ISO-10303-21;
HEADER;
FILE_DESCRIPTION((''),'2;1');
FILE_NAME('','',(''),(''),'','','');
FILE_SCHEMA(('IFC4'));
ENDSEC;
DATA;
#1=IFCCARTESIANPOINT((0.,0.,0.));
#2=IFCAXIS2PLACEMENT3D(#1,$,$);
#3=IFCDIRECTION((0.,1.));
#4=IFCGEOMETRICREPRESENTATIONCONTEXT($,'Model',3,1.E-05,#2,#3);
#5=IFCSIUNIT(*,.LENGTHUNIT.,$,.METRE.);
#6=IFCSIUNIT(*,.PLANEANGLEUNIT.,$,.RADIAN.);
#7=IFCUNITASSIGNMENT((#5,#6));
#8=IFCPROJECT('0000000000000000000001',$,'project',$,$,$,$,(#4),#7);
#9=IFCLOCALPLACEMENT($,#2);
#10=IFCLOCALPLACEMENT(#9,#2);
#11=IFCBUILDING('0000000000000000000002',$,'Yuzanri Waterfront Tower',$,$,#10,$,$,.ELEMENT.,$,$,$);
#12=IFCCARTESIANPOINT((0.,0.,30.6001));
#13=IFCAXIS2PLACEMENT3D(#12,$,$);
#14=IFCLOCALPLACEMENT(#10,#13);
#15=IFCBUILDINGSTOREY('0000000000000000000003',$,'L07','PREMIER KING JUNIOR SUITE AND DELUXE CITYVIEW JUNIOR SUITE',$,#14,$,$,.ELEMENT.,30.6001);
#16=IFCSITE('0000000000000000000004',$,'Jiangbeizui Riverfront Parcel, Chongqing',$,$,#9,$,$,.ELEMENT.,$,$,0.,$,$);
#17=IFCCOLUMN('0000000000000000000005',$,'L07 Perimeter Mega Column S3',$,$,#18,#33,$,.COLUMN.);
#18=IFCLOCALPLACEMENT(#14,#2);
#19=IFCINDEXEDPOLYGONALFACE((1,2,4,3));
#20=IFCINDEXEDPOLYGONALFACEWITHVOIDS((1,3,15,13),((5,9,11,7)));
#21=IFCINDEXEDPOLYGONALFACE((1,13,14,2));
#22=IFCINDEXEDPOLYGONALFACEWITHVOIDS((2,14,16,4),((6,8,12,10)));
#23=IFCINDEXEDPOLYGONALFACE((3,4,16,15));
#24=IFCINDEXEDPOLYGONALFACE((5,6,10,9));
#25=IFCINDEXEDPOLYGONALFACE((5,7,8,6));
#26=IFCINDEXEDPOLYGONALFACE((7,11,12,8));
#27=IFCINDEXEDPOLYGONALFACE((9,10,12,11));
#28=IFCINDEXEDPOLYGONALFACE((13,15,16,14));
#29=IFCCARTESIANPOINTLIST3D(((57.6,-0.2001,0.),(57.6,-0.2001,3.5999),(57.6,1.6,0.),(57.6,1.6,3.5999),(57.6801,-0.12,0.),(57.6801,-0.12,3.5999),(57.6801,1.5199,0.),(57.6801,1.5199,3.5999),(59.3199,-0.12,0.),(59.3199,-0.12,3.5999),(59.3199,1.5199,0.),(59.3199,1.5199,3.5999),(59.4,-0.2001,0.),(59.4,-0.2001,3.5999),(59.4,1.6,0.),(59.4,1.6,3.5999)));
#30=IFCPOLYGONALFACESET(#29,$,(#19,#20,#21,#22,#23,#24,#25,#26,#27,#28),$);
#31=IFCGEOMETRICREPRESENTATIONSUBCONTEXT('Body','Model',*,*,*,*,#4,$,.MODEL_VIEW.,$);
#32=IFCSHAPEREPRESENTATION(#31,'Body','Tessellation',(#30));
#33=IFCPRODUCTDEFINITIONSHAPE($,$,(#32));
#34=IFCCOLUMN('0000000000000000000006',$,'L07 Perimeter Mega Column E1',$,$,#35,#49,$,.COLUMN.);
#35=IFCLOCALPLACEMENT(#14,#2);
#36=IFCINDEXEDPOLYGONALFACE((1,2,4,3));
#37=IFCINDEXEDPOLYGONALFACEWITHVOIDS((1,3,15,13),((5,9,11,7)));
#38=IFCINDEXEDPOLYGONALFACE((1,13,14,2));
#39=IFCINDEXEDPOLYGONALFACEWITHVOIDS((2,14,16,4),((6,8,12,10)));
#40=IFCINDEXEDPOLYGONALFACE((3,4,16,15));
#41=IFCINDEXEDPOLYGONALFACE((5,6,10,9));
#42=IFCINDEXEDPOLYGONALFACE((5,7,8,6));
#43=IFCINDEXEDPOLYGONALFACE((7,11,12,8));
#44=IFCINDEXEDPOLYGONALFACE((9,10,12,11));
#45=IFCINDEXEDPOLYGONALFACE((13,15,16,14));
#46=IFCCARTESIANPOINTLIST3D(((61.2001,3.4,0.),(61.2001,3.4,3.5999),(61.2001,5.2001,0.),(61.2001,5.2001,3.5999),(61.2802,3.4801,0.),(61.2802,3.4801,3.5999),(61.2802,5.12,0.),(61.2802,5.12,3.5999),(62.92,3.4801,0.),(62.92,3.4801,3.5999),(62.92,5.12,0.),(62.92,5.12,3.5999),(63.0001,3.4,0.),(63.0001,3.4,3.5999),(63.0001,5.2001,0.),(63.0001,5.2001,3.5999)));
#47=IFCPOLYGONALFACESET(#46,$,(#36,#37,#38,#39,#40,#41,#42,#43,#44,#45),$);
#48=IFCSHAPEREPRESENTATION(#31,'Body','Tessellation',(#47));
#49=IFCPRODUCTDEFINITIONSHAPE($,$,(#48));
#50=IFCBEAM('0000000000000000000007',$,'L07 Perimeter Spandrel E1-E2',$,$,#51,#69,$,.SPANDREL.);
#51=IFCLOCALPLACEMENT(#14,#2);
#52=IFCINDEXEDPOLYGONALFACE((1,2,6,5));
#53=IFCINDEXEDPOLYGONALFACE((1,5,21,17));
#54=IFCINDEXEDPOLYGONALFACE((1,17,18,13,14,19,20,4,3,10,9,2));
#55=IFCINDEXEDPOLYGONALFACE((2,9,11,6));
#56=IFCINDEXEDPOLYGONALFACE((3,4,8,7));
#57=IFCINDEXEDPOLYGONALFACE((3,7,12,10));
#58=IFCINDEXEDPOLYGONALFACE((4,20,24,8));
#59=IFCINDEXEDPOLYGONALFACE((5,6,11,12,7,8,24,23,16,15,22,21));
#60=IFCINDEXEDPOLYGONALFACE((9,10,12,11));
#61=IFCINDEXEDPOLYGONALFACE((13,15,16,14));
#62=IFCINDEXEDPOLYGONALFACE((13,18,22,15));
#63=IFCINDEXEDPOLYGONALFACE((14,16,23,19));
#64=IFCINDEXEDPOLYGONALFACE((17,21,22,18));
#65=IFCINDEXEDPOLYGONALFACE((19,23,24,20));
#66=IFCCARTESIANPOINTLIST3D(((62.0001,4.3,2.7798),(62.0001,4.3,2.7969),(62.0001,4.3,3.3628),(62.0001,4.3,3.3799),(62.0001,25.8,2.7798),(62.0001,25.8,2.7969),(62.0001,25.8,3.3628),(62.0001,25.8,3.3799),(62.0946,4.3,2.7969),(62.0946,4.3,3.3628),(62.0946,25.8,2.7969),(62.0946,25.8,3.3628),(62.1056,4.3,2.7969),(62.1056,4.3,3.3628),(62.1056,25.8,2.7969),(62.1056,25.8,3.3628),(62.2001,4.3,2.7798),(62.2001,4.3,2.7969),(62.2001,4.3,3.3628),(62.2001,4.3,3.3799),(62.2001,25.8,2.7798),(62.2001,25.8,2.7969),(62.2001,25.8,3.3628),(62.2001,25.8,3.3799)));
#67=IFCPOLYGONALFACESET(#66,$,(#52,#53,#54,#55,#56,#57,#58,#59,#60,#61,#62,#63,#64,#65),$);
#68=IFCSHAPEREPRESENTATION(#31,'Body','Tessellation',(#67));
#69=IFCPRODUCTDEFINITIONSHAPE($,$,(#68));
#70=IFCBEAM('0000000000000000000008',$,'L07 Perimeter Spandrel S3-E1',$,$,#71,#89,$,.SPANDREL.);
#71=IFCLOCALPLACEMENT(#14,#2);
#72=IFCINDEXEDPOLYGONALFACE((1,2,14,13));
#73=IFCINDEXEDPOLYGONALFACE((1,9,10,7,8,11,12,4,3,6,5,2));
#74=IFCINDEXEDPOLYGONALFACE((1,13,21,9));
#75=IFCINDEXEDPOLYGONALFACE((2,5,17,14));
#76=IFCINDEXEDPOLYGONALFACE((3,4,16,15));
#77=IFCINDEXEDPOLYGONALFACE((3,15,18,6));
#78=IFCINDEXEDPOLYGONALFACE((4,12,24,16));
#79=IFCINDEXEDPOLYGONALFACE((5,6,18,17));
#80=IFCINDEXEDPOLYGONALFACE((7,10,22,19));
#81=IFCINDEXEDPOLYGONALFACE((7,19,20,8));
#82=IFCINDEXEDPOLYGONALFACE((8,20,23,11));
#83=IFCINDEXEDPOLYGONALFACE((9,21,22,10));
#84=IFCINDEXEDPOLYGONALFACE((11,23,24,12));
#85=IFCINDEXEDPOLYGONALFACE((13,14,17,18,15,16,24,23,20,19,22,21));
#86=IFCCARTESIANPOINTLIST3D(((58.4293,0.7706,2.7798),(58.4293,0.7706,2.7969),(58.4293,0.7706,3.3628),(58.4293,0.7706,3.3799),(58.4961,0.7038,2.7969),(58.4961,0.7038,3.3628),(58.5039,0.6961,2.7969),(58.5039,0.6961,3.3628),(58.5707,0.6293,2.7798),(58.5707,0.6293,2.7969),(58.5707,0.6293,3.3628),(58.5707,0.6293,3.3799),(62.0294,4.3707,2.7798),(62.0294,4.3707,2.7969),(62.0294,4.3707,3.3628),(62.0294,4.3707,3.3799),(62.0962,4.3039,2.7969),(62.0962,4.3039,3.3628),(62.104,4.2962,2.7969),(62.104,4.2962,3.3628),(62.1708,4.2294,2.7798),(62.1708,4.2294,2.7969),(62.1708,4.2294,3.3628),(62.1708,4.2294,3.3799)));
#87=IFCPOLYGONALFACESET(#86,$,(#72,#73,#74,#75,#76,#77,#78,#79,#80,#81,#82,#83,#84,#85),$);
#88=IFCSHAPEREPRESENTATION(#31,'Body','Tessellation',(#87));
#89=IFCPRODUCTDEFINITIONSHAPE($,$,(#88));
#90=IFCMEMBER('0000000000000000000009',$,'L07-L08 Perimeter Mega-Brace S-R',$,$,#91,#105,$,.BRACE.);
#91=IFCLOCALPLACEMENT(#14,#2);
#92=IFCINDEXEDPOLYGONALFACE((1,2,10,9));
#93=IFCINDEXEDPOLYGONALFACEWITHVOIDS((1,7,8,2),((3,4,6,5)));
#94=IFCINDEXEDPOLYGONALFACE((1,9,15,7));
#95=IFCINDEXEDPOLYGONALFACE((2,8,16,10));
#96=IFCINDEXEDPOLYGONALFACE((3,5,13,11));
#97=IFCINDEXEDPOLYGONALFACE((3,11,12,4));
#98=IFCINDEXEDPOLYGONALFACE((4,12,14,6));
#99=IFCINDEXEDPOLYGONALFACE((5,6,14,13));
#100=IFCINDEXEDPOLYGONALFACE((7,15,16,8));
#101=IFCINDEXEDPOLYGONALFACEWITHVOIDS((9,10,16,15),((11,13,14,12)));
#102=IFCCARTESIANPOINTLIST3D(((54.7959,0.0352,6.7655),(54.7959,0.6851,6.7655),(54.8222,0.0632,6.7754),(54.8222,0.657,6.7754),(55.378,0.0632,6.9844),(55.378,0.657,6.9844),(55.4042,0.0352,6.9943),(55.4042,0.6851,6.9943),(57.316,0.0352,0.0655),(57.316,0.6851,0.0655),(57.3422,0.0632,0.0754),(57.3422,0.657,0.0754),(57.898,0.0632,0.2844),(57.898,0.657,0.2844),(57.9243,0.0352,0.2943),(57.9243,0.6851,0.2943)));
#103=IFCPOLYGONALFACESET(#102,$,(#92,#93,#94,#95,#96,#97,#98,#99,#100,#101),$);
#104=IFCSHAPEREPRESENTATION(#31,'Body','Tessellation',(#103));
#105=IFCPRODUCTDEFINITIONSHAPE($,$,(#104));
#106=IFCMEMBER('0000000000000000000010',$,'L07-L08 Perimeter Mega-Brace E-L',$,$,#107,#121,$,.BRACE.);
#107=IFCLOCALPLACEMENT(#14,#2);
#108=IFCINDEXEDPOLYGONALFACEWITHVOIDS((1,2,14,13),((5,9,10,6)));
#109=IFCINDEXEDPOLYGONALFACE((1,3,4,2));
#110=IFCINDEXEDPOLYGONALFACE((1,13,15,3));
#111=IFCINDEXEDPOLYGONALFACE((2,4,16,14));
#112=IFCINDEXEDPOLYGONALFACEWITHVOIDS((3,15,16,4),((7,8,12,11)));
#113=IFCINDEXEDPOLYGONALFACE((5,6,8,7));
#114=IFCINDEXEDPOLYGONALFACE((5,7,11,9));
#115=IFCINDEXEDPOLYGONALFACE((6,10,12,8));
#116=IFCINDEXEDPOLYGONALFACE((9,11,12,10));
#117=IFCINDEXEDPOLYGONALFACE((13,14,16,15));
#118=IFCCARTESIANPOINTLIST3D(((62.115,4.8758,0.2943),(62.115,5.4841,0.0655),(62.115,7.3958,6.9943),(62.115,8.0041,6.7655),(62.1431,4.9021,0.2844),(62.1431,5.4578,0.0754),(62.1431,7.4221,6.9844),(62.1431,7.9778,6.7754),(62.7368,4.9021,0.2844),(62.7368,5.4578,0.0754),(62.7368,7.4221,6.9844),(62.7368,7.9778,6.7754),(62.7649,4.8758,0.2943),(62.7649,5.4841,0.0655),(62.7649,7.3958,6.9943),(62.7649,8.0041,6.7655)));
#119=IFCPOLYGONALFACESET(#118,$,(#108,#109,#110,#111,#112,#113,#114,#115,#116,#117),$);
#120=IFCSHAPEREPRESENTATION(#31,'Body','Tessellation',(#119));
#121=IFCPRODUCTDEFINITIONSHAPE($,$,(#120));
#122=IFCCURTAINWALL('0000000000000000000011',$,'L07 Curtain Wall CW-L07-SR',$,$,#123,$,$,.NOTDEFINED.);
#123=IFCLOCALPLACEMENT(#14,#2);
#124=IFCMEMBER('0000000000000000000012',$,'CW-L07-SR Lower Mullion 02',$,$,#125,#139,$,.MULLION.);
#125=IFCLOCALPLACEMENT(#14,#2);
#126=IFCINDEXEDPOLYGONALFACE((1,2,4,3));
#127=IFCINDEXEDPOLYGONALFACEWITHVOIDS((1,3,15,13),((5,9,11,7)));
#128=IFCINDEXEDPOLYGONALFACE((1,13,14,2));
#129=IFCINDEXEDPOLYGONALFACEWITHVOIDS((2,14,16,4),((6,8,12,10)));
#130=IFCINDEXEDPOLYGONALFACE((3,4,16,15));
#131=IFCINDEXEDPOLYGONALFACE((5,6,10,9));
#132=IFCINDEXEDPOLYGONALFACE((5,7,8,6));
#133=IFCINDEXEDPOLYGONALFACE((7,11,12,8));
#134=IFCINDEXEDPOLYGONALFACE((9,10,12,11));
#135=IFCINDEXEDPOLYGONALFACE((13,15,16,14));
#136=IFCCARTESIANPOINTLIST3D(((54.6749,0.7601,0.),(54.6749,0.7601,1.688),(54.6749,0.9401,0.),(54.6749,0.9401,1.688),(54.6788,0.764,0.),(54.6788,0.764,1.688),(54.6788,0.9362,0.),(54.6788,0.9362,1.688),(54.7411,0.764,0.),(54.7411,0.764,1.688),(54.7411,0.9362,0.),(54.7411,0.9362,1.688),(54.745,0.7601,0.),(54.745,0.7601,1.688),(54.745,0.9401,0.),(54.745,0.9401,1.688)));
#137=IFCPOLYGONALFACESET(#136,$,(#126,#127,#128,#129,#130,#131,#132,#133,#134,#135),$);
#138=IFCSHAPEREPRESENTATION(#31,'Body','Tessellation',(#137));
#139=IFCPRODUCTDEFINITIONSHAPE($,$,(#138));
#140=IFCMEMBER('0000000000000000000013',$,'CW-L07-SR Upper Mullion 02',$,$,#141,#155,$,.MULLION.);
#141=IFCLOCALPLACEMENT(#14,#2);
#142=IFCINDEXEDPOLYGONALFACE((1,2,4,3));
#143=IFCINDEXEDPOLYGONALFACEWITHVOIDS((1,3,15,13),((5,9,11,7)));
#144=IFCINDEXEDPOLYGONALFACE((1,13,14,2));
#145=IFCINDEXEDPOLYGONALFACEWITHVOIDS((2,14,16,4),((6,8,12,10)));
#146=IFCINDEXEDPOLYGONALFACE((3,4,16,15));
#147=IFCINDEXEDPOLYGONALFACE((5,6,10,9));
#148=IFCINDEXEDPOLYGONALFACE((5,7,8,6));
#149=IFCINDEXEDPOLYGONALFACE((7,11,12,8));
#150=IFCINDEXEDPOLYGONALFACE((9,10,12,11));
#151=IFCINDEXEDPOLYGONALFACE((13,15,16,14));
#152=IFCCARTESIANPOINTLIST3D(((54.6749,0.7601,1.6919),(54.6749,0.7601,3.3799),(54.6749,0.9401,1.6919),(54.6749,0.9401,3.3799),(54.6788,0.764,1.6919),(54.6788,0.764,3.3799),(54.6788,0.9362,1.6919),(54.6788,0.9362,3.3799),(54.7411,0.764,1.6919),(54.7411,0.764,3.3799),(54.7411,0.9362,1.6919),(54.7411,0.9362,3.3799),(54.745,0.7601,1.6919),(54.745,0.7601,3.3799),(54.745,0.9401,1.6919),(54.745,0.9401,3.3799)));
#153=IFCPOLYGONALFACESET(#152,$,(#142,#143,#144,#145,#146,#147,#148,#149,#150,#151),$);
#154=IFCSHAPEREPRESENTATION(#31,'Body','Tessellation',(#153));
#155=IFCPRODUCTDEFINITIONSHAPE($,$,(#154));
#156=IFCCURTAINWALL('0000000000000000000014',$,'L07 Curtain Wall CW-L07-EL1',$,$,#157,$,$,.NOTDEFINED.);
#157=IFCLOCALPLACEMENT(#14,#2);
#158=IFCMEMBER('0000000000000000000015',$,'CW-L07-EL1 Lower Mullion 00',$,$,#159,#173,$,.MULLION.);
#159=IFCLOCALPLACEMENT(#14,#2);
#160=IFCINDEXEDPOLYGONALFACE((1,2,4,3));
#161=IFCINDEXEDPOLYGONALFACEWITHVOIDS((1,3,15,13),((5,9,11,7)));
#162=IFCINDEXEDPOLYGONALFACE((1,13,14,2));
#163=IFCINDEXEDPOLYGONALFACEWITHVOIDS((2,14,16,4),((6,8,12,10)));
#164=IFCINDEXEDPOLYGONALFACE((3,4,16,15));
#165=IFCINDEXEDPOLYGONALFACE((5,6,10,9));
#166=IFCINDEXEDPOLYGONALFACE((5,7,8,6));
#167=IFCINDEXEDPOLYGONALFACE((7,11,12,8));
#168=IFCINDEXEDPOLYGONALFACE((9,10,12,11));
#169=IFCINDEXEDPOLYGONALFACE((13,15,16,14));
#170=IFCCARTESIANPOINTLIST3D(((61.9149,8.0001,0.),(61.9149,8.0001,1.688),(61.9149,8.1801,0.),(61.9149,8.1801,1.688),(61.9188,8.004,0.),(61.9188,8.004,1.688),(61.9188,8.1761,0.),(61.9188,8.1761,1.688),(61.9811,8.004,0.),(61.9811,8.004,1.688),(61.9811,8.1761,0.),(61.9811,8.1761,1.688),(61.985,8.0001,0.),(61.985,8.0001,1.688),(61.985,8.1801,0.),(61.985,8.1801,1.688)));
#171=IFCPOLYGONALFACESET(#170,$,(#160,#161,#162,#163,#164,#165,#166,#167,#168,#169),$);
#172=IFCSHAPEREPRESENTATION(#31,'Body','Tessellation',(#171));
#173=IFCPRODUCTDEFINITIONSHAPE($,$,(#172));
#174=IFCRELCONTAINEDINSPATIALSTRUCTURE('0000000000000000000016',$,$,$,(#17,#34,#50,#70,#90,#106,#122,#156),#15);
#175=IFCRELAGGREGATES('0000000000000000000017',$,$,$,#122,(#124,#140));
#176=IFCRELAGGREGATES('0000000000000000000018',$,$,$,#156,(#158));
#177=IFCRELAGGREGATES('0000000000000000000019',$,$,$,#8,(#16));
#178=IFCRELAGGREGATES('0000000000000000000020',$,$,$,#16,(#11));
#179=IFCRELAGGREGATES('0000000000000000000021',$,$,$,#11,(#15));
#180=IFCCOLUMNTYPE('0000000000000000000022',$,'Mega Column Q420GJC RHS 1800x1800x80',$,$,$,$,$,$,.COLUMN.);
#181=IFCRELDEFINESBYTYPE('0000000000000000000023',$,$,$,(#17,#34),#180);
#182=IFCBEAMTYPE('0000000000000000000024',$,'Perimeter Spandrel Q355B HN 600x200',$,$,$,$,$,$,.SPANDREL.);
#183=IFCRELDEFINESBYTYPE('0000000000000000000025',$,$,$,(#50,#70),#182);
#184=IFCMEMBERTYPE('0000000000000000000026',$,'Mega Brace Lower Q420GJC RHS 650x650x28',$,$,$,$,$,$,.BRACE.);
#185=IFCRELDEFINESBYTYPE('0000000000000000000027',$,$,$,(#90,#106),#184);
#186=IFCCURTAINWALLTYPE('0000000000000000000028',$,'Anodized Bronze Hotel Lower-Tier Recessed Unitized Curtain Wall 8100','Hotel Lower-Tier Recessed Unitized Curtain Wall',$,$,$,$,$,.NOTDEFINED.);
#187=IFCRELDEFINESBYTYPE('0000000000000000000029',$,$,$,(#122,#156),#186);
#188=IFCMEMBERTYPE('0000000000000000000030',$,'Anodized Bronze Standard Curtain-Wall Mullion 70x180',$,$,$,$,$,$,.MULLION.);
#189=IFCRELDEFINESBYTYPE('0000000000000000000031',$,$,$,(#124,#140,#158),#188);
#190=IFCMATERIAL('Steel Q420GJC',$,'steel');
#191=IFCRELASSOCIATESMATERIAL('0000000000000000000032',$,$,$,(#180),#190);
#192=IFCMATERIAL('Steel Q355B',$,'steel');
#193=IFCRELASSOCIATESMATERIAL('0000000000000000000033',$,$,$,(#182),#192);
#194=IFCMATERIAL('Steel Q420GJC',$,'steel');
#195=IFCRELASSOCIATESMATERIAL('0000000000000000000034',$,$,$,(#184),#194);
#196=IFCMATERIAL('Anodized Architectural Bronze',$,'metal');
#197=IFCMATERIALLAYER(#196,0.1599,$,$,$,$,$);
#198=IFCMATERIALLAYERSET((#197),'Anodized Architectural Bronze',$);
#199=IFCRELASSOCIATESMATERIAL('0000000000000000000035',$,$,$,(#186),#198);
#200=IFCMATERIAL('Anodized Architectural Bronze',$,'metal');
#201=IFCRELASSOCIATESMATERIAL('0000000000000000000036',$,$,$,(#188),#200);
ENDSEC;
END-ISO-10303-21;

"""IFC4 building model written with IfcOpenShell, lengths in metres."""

from ifc_helpers import new_model, si_unit, direction, frame, origin, origin_2d, place, context, subcontext, project, spatial, hollow_rectangle, i_section, extrude, source, transform, mapped, material, layer, layer_set, material_profile, profile_set, type_object, element, aggregate, save


model = new_model("IFC4")

# Units and contexts
model_context = context("Model", 3, precision=1e-05, world=origin(), true_north=direction((0.0, 1.0)))
body_context = subcontext(model_context, "Body", "Model", "MODEL_VIEW")
ifc_project = project(units=[si_unit("LENGTHUNIT", "METRE"), si_unit("PLANEANGLEUNIT", "RADIAN")], contexts=[model_context])

# Site, building, storey
site_placement = place(None, origin())
site = spatial("IfcSite", under=ifc_project, at=site_placement, Name="Jiangbeizui Riverfront Parcel, Chongqing", CompositionType="ELEMENT", RefElevation=0.0)
building_placement = place(site_placement, origin())
building = spatial("IfcBuilding", under=site, at=building_placement, Name="Yuzanri Waterfront Tower", CompositionType="ELEMENT")
storey_placement = place(building_placement, frame((0.0, 0.0, 30.6001)))
storey = spatial("IfcBuildingStorey", under=building, at=storey_placement, Name="L07", Description="PREMIER KING JUNIOR SUITE AND DELUXE CITYVIEW JUNIOR SUITE", CompositionType="ELEMENT", Elevation=30.6001)

# Columns
ifc_material_1 = material(Name="Steel Q420GJC", Category="steel")
ifc_material_profile_1 = material_profile(ifc_material_1, hollow_rectangle(XDim=1.8, YDim=1.8, WallThickness=0.0801, at=origin_2d()), Name="RHS 1800x1800x80")
ifc_profile_set_1 = profile_set([ifc_material_profile_1], Name="Steel Q420GJC")
column_type = type_object("IfcColumnType", Name="Mega Column Q420GJC RHS 1800x1800x80", PredefinedType="COLUMN", material=ifc_profile_set_1)
shared_shape_1 = source(origin(), body_context, "Body", "SweptSolid", [
    extrude(hollow_rectangle(XDim=1.8, YDim=1.8, WallThickness=0.0801, at=origin_2d()), origin(), (0.0, 0.0, 1.0), 3.5999),
])
for number, where, z_axis, x_axis, name in (
    (1, (58.5, 0.7, 0.0), (0.0, 0.0, 1.0), (1.0, 0.0, 0.0), "L07 Perimeter Mega Column S3"),
    (2, (62.1001, 4.3, 0.0), (0.0, 0.0, 1.0), (1.0, 0.0, 0.0), "L07 Perimeter Mega Column E1"),
):
    element("IfcColumn", number, at=place(storey_placement, frame(where, z_axis=z_axis, x_axis=x_axis)), inside=storey, type_object=column_type, Name=name, PredefinedType="COLUMN", context=body_context, shape_type="MappedRepresentation", body=[
        mapped(shared_shape_1, transform((0.0, 0.0, 0.0), scale=1.0)),
    ])

# Beams
ifc_material_2 = material(Name="Steel Q355B", Category="steel")
ifc_material_profile_2 = material_profile(ifc_material_2, i_section(OverallWidth=0.2, OverallDepth=0.6001, WebThickness=0.011, FlangeThickness=0.0171, at=origin_2d()), Name="HN 600x200x11x17")
ifc_profile_set_2 = profile_set([ifc_material_profile_2], Name="Steel Q355B")
beam_type = type_object("IfcBeamType", Name="Perimeter Spandrel Q355B HN 600x200", PredefinedType="SPANDREL", material=ifc_profile_set_2)
shared_shape_2 = source(origin(), body_context, "Body", "SweptSolid", [
    extrude(i_section(OverallWidth=0.2, OverallDepth=0.6001, WebThickness=0.011, FlangeThickness=0.0171, at=origin_2d()), origin(), (0.0, 0.0, 1.0), 21.5),
])
beam_1_placement = place(storey_placement, frame((62.1001, 4.3, 3.0798), z_axis=(0.0, 1.0, 0.0), x_axis=(-1.0, 0.0, 0.0)))
element("IfcBeam", 3, at=beam_1_placement, inside=storey, type_object=beam_type, Name="L07 Perimeter Spandrel E1-E2", PredefinedType="SPANDREL", context=body_context, shape_type="MappedRepresentation", body=[
    mapped(shared_shape_2, transform((0.0, 0.0, 0.0), scale=1.0)),
])
shared_shape_3 = source(origin(), body_context, "Body", "SweptSolid", [
    extrude(i_section(OverallWidth=0.2, OverallDepth=0.6001, WebThickness=0.011, FlangeThickness=0.0171, at=origin_2d()), origin(), (0.0, 0.0, 1.0), 5.0913),
])
beam_2_placement = place(storey_placement, frame((58.5, 0.7, 3.0798), z_axis=(0.707107, 0.707107, 0.0), x_axis=(-0.707107, 0.707107, 0.0)))
element("IfcBeam", 4, at=beam_2_placement, inside=storey, type_object=beam_type, Name="L07 Perimeter Spandrel S3-E1", PredefinedType="SPANDREL", context=body_context, shape_type="MappedRepresentation", body=[
    mapped(shared_shape_3, transform((0.0, 0.0, 0.0), scale=1.0)),
])

# Members
ifc_material_3 = material(Name="Steel Q420GJC", Category="steel")
ifc_material_profile_3 = material_profile(ifc_material_3, hollow_rectangle(XDim=0.6499, YDim=0.6499, WallThickness=0.0281, at=origin_2d()), Name="RHS 650x650x28")
ifc_profile_set_3 = profile_set([ifc_material_profile_3], Name="Steel Q420GJC")
member_type_1 = type_object("IfcMemberType", Name="Mega Brace Lower Q420GJC RHS 650x650x28", PredefinedType="BRACE", material=ifc_profile_set_3)
shared_shape_4 = source(origin(), body_context, "Body", "SweptSolid", [
    extrude(hollow_rectangle(XDim=0.6499, YDim=0.6499, WallThickness=0.0281, at=origin_2d()), origin(), (0.0, 0.0, 1.0), 7.1582),
])
for number, where, z_axis, x_axis, name in (
    (5, (57.6201, 0.3601, 0.1799), (-0.352046, 0.0, 0.935983), (0.0, -1.0, 0.0), "L07-L08 Perimeter Mega-Brace S-R"),
    (6, (62.4399, 5.1799, 0.1799), (0.0, 0.352046, 0.935983), (-1.0, 0.0, 0.0), "L07-L08 Perimeter Mega-Brace E-L"),
):
    element("IfcMember", number, at=place(storey_placement, frame(where, z_axis=z_axis, x_axis=x_axis)), inside=storey, type_object=member_type_1, Name=name, PredefinedType="BRACE", context=body_context, shape_type="MappedRepresentation", body=[
        mapped(shared_shape_4, transform((0.0, 0.0, 0.0), scale=1.0)),
    ])

# Curtain walls, members
ifc_material_4 = material(Name="Anodized Architectural Bronze", Category="metal")
ifc_layer_1 = layer(ifc_material_4, 0.1599)
ifc_layer_set_1 = layer_set([ifc_layer_1], Name="Anodized Architectural Bronze")
curtain_wall_type = type_object("IfcCurtainWallType", Name="Anodized Bronze Hotel Lower-Tier Recessed Unitized Curtain Wall 8100", Description="Hotel Lower-Tier Recessed Unitized Curtain Wall", PredefinedType="NOTDEFINED", material=ifc_layer_set_1)
curtain_wall_1_placement = place(storey_placement, origin())
curtain_wall_1 = element("IfcCurtainWall", 7, at=curtain_wall_1_placement, inside=storey, type_object=curtain_wall_type, Name="L07 Curtain Wall CW-L07-SR", PredefinedType="NOTDEFINED")
ifc_material_5 = material(Name="Anodized Architectural Bronze", Category="metal")
ifc_material_profile_4 = material_profile(ifc_material_5, hollow_rectangle(XDim=0.0701, YDim=0.1799, WallThickness=0.0039, at=origin_2d()), Name="CWM 70x180")
ifc_profile_set_4 = profile_set([ifc_material_profile_4], Name="Anodized Architectural Bronze")
member_type_2 = type_object("IfcMemberType", Name="Anodized Bronze Standard Curtain-Wall Mullion 70x180", PredefinedType="MULLION", material=ifc_profile_set_4)
shared_shape_5 = source(origin(), body_context, "Body", "SweptSolid", [
    extrude(hollow_rectangle(XDim=0.0701, YDim=0.1799, WallThickness=0.0039, at=origin_2d()), origin(), (0.0, 0.0, 1.0), 1.688),
])
member_1_placement = place(storey_placement, frame((54.71, 0.8501, 0.0), z_axis=(0.0, 0.0, 1.0), x_axis=(1.0, 0.0, 0.0)))
member_1 = element("IfcMember", 8, at=member_1_placement, type_object=member_type_2, Name="CW-L07-SR Lower Mullion 02", PredefinedType="MULLION", context=body_context, shape_type="MappedRepresentation", body=[
    mapped(shared_shape_5, transform((0.0, 0.0, 0.0), scale=1.0)),
])
member_2_placement = place(storey_placement, frame((54.71, 0.8501, 1.6919), z_axis=(0.0, 0.0, 1.0), x_axis=(1.0, 0.0, 0.0)))
member_2 = element("IfcMember", 9, at=member_2_placement, type_object=member_type_2, Name="CW-L07-SR Upper Mullion 02", PredefinedType="MULLION", context=body_context, shape_type="MappedRepresentation", body=[
    mapped(shared_shape_5, transform((0.0, 0.0, 0.0), scale=1.0)),
])
aggregate(curtain_wall_1, [member_1, member_2])
curtain_wall_2_placement = place(storey_placement, origin())
curtain_wall_2 = element("IfcCurtainWall", 10, at=curtain_wall_2_placement, inside=storey, type_object=curtain_wall_type, Name="L07 Curtain Wall CW-L07-EL1", PredefinedType="NOTDEFINED")
member_3_placement = place(storey_placement, frame((61.95, 8.0901, 0.0), z_axis=(0.0, 0.0, 1.0), x_axis=(1.0, 0.0, 0.0)))
member_3 = element("IfcMember", 11, at=member_3_placement, type_object=member_type_2, Name="CW-L07-EL1 Lower Mullion 00", PredefinedType="MULLION", context=body_context, shape_type="MappedRepresentation", body=[
    mapped(shared_shape_5, transform((0.0, 0.0, 0.0), scale=1.0)),
])
aggregate(curtain_wall_2, [member_3])

save(model, "model.ifc")
